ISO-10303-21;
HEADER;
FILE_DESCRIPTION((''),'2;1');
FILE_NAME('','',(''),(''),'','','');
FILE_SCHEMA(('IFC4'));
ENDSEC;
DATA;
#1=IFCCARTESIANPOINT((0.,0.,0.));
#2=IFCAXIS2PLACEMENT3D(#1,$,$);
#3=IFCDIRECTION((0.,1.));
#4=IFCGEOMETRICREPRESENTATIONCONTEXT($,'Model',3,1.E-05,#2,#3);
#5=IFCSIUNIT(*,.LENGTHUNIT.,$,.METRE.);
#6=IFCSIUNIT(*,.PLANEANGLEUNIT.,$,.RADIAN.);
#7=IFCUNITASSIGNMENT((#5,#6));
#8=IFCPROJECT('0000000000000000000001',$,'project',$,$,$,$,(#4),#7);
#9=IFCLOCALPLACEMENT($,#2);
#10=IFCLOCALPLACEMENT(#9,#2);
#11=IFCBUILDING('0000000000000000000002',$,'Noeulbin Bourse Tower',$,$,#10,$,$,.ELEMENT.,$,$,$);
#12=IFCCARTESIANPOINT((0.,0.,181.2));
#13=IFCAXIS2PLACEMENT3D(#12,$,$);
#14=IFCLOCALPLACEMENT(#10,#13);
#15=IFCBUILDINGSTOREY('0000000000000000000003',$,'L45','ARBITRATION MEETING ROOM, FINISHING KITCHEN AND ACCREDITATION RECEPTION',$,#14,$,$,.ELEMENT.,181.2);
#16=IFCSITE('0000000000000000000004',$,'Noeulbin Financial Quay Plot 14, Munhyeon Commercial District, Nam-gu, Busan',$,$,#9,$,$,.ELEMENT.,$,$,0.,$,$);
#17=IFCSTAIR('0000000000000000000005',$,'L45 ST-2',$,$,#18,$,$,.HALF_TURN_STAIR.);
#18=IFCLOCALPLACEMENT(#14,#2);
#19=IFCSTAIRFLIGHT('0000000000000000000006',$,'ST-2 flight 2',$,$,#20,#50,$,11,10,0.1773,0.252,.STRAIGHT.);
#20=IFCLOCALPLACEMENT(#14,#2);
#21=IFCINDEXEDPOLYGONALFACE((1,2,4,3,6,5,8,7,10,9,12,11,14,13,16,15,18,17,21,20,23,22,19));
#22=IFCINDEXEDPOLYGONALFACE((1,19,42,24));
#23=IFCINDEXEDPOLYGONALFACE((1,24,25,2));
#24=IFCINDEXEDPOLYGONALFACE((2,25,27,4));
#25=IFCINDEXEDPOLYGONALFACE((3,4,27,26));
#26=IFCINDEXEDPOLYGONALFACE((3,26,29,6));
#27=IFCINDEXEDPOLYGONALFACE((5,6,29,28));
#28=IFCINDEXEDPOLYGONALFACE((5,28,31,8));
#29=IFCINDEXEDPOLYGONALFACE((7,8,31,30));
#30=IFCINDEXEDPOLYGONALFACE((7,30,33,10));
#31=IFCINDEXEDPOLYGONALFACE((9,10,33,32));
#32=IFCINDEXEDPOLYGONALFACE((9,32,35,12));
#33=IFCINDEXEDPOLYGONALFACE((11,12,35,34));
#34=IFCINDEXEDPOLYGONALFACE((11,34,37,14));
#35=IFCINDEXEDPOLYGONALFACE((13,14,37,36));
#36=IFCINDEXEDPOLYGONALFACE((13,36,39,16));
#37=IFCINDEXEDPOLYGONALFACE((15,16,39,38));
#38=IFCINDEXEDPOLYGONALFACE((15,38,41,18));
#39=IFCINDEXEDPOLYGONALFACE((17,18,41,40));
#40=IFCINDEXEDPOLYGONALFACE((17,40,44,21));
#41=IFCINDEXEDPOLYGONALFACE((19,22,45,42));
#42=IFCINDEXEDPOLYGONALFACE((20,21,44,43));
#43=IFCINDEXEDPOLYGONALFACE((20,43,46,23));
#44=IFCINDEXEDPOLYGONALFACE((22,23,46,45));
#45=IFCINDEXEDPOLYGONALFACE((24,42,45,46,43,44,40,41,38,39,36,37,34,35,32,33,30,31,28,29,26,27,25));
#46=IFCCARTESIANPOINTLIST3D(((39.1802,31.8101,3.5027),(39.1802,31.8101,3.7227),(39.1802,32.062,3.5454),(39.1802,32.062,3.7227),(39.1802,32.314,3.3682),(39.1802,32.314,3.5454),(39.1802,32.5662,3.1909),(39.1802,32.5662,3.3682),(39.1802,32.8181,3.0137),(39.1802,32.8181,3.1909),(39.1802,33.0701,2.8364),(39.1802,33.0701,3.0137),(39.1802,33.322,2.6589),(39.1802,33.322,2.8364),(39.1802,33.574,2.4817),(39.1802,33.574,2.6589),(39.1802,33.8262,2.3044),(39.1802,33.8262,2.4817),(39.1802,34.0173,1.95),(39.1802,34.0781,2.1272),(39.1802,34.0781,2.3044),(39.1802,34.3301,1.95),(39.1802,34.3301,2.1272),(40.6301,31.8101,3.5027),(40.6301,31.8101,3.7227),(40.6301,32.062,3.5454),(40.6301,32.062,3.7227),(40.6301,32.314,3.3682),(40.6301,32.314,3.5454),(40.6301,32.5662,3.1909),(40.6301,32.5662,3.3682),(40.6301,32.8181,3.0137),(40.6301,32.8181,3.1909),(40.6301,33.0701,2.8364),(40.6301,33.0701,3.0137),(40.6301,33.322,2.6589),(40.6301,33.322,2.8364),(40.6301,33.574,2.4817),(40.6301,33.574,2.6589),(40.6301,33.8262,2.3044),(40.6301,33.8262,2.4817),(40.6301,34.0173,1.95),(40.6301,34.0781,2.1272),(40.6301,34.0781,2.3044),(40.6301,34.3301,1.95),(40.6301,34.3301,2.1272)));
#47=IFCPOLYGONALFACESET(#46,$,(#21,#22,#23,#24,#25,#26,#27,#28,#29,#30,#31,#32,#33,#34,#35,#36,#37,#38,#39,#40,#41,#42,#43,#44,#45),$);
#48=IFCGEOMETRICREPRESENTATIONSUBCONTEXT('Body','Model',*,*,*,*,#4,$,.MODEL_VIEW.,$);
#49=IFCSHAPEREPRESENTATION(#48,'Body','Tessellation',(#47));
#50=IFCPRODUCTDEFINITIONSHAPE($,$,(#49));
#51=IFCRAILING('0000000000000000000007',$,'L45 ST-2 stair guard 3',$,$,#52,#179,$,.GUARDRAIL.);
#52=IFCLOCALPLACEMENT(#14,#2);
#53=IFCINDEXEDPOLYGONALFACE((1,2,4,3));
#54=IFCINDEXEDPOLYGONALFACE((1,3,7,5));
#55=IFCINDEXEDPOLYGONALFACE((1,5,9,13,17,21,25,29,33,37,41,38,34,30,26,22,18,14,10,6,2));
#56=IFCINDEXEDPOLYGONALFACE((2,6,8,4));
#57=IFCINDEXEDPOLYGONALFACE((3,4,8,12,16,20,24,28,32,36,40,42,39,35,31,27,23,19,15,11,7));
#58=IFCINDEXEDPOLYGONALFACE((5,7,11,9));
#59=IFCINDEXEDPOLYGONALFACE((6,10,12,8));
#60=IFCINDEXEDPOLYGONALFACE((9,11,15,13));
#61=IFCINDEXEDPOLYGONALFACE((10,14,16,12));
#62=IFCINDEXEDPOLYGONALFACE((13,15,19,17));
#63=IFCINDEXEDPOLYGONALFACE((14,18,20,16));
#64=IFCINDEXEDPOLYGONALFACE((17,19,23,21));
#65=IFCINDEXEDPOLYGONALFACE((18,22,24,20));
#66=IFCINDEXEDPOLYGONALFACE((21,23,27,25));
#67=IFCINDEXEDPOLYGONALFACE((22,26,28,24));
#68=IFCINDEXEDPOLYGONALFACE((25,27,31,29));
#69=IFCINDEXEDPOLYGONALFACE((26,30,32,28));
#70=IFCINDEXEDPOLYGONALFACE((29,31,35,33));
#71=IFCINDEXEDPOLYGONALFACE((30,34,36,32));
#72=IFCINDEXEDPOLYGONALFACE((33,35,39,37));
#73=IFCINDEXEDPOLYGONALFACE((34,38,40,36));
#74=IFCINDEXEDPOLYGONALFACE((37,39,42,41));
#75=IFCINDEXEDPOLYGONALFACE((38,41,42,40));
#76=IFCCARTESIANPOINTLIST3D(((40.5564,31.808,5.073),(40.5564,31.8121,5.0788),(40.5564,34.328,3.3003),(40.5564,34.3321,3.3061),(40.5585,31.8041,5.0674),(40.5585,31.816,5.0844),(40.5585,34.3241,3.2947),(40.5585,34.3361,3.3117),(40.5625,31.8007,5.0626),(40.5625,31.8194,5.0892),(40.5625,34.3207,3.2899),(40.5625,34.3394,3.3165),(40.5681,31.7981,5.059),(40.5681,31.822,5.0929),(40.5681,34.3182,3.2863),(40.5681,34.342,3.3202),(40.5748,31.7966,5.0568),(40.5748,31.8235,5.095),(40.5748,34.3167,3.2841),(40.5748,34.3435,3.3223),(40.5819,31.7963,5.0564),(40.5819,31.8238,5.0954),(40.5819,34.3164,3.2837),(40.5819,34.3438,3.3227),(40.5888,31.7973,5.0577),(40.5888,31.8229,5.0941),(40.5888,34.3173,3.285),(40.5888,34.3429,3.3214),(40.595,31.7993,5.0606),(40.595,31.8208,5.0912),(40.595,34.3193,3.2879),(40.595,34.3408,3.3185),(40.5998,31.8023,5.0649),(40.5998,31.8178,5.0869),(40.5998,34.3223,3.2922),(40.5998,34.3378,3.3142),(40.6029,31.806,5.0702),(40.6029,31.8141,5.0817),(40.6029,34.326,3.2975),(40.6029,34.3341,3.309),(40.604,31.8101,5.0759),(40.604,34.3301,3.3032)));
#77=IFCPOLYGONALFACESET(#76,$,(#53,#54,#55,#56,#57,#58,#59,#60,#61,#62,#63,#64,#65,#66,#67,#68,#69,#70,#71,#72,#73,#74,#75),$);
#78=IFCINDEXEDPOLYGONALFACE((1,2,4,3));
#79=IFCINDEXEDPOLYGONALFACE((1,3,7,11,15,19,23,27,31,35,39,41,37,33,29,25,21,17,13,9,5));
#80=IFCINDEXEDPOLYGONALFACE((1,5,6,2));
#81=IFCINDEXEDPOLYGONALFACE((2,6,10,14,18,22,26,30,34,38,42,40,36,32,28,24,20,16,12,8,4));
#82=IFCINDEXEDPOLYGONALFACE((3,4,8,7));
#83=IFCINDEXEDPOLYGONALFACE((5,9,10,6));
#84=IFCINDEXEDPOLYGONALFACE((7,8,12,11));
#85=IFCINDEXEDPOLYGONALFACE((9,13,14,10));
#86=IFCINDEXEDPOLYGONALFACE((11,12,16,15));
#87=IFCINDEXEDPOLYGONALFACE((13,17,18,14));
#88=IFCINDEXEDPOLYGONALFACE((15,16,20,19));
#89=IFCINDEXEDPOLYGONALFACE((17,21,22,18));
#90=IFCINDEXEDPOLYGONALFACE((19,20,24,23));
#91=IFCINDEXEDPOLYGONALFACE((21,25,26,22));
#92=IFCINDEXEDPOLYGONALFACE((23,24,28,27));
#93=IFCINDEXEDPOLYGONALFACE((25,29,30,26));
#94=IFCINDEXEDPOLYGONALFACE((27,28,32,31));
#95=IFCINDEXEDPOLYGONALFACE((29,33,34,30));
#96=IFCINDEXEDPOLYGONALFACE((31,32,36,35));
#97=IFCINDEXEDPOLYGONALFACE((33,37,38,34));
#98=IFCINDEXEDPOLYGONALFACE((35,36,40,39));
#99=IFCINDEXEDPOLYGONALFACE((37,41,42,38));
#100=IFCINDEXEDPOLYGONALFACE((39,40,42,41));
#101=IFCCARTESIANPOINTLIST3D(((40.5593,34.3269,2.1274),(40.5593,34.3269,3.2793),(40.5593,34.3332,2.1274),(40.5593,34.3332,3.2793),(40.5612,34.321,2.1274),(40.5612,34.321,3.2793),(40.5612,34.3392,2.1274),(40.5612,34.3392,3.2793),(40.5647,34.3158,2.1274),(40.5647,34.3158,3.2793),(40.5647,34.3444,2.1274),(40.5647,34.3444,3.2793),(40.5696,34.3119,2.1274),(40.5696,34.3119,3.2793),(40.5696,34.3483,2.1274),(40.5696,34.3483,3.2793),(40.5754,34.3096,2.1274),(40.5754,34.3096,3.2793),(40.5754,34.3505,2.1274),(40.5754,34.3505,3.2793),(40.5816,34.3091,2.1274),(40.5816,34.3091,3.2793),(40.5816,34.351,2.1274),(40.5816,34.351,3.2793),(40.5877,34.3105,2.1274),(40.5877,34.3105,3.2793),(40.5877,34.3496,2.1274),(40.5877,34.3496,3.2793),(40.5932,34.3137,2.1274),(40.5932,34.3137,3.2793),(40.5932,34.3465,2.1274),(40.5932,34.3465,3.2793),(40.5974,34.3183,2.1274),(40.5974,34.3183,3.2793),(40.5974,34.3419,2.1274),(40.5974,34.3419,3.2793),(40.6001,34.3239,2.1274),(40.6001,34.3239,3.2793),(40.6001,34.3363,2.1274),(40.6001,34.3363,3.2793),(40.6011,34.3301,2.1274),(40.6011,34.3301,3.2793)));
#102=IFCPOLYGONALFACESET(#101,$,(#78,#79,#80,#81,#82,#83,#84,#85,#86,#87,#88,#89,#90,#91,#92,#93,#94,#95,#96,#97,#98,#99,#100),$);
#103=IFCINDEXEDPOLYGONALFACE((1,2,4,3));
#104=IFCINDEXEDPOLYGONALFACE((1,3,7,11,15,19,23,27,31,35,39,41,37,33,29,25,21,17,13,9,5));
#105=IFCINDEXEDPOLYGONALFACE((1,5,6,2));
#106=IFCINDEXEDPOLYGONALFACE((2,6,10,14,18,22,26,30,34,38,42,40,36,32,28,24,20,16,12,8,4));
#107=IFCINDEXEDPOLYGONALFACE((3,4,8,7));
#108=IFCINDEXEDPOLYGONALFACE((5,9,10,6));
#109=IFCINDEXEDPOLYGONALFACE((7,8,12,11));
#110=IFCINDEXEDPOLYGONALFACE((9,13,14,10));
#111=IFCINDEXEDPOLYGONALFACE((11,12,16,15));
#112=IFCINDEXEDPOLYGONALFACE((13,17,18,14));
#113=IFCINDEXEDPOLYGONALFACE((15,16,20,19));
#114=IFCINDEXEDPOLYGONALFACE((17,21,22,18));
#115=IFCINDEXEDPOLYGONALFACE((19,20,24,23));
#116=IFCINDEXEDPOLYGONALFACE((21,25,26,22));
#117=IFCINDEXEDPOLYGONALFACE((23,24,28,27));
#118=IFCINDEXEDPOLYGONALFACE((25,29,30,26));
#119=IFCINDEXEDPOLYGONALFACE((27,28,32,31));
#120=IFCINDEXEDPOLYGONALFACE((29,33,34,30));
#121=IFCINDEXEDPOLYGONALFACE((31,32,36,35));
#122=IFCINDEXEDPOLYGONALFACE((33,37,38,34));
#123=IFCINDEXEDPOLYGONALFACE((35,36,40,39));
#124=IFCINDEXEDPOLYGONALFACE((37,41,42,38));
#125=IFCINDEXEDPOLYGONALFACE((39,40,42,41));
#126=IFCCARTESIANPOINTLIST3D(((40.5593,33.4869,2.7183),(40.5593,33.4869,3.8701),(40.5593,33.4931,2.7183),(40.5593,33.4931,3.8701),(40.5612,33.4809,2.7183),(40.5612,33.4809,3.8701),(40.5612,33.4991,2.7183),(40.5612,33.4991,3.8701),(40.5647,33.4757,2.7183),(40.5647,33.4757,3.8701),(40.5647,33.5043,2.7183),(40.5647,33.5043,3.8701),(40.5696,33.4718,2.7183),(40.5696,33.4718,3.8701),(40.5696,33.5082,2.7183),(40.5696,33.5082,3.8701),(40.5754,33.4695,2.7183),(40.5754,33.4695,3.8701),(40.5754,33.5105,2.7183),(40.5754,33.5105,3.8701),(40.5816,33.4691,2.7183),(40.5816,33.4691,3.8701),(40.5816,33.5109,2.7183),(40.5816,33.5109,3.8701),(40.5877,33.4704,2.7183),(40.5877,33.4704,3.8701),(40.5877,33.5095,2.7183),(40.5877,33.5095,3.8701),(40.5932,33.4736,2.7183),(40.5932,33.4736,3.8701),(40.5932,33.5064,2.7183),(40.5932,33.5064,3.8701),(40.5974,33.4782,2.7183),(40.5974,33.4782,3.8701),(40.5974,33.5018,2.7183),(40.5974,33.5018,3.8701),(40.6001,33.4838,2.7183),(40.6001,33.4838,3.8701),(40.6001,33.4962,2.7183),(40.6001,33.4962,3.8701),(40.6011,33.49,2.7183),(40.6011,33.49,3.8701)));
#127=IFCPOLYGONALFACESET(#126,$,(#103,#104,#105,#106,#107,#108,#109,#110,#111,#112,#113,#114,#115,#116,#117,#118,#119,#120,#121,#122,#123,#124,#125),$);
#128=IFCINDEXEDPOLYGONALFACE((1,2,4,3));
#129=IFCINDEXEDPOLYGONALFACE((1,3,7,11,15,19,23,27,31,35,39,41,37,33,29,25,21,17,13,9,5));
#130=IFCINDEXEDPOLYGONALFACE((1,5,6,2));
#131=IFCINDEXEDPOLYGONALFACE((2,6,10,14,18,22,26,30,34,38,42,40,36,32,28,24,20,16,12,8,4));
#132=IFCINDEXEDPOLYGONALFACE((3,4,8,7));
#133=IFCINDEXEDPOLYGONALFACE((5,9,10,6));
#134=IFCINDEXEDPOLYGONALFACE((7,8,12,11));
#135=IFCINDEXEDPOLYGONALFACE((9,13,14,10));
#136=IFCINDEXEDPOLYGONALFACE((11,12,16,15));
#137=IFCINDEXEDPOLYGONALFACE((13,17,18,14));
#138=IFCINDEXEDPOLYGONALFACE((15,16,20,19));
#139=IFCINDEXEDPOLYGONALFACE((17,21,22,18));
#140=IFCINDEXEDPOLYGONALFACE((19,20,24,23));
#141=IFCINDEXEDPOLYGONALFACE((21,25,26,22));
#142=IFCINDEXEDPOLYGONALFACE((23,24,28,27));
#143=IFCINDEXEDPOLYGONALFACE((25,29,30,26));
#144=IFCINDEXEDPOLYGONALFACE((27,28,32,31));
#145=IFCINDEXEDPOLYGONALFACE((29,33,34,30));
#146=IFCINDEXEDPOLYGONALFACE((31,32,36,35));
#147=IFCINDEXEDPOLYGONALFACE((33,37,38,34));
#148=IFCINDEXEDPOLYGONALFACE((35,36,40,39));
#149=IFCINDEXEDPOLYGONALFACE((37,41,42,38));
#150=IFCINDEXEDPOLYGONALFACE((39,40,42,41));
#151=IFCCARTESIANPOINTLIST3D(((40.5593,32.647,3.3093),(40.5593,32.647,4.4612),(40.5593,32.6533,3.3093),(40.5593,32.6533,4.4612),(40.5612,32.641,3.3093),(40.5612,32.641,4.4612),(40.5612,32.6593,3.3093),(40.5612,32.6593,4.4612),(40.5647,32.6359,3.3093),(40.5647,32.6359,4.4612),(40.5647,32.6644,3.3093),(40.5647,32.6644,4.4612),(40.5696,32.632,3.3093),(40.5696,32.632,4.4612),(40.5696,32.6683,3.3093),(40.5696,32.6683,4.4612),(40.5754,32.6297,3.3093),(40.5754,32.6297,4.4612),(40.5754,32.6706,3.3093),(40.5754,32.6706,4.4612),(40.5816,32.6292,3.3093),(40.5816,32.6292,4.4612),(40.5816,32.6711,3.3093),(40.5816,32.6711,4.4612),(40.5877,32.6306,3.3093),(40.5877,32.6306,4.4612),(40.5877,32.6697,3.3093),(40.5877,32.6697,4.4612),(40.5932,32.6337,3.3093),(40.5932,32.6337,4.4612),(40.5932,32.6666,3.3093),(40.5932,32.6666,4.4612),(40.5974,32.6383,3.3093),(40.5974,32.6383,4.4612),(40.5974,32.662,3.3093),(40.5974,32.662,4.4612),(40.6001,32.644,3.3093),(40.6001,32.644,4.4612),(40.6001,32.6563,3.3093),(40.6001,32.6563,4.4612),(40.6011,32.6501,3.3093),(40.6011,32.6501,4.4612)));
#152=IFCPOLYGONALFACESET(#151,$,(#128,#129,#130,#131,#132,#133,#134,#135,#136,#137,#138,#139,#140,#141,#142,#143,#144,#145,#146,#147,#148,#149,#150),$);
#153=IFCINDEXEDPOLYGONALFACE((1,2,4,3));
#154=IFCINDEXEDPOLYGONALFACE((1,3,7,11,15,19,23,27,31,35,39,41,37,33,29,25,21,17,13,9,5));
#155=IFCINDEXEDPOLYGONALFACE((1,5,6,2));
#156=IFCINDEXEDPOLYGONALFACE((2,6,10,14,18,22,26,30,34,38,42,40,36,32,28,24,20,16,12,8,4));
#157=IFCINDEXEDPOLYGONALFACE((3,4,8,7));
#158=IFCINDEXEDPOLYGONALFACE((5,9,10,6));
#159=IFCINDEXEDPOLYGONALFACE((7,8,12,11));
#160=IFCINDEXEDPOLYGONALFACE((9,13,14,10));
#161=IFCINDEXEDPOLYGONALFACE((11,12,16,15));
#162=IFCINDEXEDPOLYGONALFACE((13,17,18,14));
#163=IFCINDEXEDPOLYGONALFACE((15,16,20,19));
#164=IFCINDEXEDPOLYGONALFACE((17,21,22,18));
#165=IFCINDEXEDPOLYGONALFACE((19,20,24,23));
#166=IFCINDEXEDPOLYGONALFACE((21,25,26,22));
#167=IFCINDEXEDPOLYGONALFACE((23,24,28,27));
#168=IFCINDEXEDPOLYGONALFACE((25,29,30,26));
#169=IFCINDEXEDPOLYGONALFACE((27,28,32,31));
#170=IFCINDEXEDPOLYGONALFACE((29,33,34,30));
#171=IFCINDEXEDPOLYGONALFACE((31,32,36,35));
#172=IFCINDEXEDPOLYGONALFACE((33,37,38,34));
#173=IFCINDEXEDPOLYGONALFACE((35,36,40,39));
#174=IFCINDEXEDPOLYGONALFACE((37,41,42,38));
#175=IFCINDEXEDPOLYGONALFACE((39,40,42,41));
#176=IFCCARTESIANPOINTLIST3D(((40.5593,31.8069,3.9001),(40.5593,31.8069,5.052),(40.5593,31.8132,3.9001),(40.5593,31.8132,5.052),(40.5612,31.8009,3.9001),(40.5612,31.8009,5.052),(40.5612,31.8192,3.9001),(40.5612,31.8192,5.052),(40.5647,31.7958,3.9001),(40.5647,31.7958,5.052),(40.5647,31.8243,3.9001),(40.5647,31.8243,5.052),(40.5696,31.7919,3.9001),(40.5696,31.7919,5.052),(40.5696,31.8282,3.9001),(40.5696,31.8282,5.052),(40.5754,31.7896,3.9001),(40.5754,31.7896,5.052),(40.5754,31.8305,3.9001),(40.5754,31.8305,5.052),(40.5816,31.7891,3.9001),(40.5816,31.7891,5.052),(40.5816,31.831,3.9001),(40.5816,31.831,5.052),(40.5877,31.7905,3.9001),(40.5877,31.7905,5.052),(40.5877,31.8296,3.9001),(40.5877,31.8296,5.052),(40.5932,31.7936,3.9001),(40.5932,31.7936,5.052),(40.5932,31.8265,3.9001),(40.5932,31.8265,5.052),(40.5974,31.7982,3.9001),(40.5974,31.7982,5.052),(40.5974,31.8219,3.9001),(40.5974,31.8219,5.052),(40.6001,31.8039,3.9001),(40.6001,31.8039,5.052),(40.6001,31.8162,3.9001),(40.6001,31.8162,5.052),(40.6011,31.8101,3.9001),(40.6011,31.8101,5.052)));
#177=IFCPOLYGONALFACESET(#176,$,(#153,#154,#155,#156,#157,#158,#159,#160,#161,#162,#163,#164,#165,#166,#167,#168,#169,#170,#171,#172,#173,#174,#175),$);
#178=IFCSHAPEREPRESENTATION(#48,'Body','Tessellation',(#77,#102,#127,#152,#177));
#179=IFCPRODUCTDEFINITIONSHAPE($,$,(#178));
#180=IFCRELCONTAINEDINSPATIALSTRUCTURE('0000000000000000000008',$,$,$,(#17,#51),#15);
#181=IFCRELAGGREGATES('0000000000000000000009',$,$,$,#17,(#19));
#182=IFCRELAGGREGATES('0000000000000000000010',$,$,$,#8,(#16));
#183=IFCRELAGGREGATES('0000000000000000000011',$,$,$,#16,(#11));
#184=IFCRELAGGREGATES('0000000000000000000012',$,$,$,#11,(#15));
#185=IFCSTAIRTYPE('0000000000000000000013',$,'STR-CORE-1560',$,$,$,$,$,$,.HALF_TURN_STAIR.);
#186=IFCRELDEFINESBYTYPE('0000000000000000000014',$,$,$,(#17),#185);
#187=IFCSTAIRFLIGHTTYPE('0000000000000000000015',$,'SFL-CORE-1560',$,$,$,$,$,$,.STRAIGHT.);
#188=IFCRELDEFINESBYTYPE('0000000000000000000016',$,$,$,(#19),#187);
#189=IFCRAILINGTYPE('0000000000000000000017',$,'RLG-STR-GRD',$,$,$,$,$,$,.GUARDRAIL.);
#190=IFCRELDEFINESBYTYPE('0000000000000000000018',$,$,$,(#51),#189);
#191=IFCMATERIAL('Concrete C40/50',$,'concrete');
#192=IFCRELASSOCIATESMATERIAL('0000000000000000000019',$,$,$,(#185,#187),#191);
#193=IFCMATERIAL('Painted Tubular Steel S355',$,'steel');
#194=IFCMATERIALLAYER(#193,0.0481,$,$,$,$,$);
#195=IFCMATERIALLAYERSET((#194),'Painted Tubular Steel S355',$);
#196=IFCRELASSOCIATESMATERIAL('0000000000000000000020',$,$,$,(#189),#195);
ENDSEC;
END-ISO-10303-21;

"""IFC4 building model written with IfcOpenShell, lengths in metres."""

from ifc_helpers import new_model, si_unit, direction, frame, origin, origin_2d, place, context, subcontext, project, spatial, polyline, circle, outline, extrude, material, layer, layer_set, type_object, element, aggregate, save


model = new_model("IFC4")

# Units and contexts
model_context = context("Model", 3, precision=1e-05, world=origin(), true_north=direction((0.0, 1.0)))
body_context = subcontext(model_context, "Body", "Model", "MODEL_VIEW")
ifc_project = project(units=[si_unit("LENGTHUNIT", "METRE"), si_unit("PLANEANGLEUNIT", "RADIAN")], contexts=[model_context])

# Site, building, storey
site_placement = place(None, origin())
site = spatial("IfcSite", under=ifc_project, at=site_placement, Name="Noeulbin Financial Quay Plot 14, Munhyeon Commercial District, Nam-gu, Busan", CompositionType="ELEMENT", RefElevation=0.0)
building_placement = place(site_placement, origin())
building = spatial("IfcBuilding", under=site, at=building_placement, Name="Noeulbin Bourse Tower", CompositionType="ELEMENT")
storey_placement = place(building_placement, frame((0.0, 0.0, 181.2)))
storey = spatial("IfcBuildingStorey", under=building, at=storey_placement, Name="L45", Description="ARBITRATION MEETING ROOM, FINISHING KITCHEN AND ACCREDITATION RECEPTION", CompositionType="ELEMENT", Elevation=181.2)

# Shared definitions
ifc_material_1 = material(Name="Concrete C40/50", Category="concrete")

# Stair, stair flight
stair_type = type_object("IfcStairType", Name="STR-CORE-1560", PredefinedType="HALF_TURN_STAIR", material=ifc_material_1)
stair_placement = place(storey_placement, origin())
stair = element("IfcStair", 1, at=stair_placement, inside=storey, type_object=stair_type, Name="L45 ST-2", PredefinedType="HALF_TURN_STAIR")
stair_flight_type = type_object("IfcStairFlightType", Name="SFL-CORE-1560", PredefinedType="STRAIGHT", material=ifc_material_1)
stair_flight_placement = place(storey_placement, frame((39.905, 34.3301, 1.95), z_axis=(0.0, 0.0, 1.0), x_axis=(0.0, -1.0, 0.0)))
stair_flight = element("IfcStairFlight", 2, at=stair_flight_placement, type_object=stair_flight_type, Name="ST-2 flight 2", NumberOfRisers=11, NumberOfTreads=10, PredefinedType="STRAIGHT", RiserHeight=0.1773, TreadLength=0.252, context=body_context, shape_type="SweptSolid", body=[
    extrude(outline(polyline([(0.0, 0.0), (0.0, 0.1772), (0.252, 0.1772), (0.252, 0.3545), (0.5039, 0.3545), (0.5039, 0.5317), (0.7561, 0.5317), (0.7561, 0.709), (1.0081, 0.709), (1.0081, 0.8865), (1.26, 0.8865), (1.26, 1.0637), (1.512, 1.0637), (1.512, 1.241), (1.7639, 1.241), (1.7639, 1.4182), (2.0161, 1.4182), (2.0161, 1.5955), (2.2681, 1.5955), (2.2681, 1.7727), (2.52, 1.7727), (2.52, 1.95), (2.52, 1.5527), (0.3127, 0.0), (0.0, 0.0)])), frame((0.0, 0.7251, 0.0), z_axis=(0.0, -1.0, 0.0), x_axis=(1.0, 0.0, 0.0)), (0.0, 0.0, 1.0), 1.45),
])
aggregate(stair, [stair_flight])

# Railing
ifc_material_2 = material(Name="Painted Tubular Steel S355", Category="steel")
ifc_layer_1 = layer(ifc_material_2, 0.0481)
ifc_layer_set_1 = layer_set([ifc_layer_1], Name="Painted Tubular Steel S355")
railing_type_1 = type_object("IfcRailingType", Name="RLG-STR-GRD", PredefinedType="GUARDRAIL", material=ifc_layer_set_1)
railing_1_placement = place(storey_placement, frame((40.5801, 34.3301, 2.1274)))
element("IfcRailing", 3, at=railing_1_placement, inside=storey, type_object=railing_type_1, Name="L45 ST-2 stair guard 3", PredefinedType="GUARDRAIL", context=body_context, shape_type="SweptSolid", body=[
    extrude(circle(Radius=0.0239, at=origin_2d()), frame((0.0, 0.0, 1.1758), z_axis=(0.0, -0.817904, 0.575354), x_axis=(1.0, 0.0, 0.0)), (0.0, 0.0, 1.0), 3.0811),
    extrude(circle(Radius=0.021, at=origin_2d()), origin(), (0.0, 0.0, 1.0), 1.1519),
    extrude(circle(Radius=0.021, at=origin_2d()), frame((0.0, -0.8401, 0.5908)), (0.0, 0.0, 1.0), 1.1519),
    extrude(circle(Radius=0.021, at=origin_2d()), frame((0.0, -1.6799, 1.1819)), (0.0, 0.0, 1.0), 1.1519),
    extrude(circle(Radius=0.021, at=origin_2d()), frame((0.0, -2.52, 1.7727)), (0.0, 0.0, 1.0), 1.1519),
])

save(model, "model.ifc")
